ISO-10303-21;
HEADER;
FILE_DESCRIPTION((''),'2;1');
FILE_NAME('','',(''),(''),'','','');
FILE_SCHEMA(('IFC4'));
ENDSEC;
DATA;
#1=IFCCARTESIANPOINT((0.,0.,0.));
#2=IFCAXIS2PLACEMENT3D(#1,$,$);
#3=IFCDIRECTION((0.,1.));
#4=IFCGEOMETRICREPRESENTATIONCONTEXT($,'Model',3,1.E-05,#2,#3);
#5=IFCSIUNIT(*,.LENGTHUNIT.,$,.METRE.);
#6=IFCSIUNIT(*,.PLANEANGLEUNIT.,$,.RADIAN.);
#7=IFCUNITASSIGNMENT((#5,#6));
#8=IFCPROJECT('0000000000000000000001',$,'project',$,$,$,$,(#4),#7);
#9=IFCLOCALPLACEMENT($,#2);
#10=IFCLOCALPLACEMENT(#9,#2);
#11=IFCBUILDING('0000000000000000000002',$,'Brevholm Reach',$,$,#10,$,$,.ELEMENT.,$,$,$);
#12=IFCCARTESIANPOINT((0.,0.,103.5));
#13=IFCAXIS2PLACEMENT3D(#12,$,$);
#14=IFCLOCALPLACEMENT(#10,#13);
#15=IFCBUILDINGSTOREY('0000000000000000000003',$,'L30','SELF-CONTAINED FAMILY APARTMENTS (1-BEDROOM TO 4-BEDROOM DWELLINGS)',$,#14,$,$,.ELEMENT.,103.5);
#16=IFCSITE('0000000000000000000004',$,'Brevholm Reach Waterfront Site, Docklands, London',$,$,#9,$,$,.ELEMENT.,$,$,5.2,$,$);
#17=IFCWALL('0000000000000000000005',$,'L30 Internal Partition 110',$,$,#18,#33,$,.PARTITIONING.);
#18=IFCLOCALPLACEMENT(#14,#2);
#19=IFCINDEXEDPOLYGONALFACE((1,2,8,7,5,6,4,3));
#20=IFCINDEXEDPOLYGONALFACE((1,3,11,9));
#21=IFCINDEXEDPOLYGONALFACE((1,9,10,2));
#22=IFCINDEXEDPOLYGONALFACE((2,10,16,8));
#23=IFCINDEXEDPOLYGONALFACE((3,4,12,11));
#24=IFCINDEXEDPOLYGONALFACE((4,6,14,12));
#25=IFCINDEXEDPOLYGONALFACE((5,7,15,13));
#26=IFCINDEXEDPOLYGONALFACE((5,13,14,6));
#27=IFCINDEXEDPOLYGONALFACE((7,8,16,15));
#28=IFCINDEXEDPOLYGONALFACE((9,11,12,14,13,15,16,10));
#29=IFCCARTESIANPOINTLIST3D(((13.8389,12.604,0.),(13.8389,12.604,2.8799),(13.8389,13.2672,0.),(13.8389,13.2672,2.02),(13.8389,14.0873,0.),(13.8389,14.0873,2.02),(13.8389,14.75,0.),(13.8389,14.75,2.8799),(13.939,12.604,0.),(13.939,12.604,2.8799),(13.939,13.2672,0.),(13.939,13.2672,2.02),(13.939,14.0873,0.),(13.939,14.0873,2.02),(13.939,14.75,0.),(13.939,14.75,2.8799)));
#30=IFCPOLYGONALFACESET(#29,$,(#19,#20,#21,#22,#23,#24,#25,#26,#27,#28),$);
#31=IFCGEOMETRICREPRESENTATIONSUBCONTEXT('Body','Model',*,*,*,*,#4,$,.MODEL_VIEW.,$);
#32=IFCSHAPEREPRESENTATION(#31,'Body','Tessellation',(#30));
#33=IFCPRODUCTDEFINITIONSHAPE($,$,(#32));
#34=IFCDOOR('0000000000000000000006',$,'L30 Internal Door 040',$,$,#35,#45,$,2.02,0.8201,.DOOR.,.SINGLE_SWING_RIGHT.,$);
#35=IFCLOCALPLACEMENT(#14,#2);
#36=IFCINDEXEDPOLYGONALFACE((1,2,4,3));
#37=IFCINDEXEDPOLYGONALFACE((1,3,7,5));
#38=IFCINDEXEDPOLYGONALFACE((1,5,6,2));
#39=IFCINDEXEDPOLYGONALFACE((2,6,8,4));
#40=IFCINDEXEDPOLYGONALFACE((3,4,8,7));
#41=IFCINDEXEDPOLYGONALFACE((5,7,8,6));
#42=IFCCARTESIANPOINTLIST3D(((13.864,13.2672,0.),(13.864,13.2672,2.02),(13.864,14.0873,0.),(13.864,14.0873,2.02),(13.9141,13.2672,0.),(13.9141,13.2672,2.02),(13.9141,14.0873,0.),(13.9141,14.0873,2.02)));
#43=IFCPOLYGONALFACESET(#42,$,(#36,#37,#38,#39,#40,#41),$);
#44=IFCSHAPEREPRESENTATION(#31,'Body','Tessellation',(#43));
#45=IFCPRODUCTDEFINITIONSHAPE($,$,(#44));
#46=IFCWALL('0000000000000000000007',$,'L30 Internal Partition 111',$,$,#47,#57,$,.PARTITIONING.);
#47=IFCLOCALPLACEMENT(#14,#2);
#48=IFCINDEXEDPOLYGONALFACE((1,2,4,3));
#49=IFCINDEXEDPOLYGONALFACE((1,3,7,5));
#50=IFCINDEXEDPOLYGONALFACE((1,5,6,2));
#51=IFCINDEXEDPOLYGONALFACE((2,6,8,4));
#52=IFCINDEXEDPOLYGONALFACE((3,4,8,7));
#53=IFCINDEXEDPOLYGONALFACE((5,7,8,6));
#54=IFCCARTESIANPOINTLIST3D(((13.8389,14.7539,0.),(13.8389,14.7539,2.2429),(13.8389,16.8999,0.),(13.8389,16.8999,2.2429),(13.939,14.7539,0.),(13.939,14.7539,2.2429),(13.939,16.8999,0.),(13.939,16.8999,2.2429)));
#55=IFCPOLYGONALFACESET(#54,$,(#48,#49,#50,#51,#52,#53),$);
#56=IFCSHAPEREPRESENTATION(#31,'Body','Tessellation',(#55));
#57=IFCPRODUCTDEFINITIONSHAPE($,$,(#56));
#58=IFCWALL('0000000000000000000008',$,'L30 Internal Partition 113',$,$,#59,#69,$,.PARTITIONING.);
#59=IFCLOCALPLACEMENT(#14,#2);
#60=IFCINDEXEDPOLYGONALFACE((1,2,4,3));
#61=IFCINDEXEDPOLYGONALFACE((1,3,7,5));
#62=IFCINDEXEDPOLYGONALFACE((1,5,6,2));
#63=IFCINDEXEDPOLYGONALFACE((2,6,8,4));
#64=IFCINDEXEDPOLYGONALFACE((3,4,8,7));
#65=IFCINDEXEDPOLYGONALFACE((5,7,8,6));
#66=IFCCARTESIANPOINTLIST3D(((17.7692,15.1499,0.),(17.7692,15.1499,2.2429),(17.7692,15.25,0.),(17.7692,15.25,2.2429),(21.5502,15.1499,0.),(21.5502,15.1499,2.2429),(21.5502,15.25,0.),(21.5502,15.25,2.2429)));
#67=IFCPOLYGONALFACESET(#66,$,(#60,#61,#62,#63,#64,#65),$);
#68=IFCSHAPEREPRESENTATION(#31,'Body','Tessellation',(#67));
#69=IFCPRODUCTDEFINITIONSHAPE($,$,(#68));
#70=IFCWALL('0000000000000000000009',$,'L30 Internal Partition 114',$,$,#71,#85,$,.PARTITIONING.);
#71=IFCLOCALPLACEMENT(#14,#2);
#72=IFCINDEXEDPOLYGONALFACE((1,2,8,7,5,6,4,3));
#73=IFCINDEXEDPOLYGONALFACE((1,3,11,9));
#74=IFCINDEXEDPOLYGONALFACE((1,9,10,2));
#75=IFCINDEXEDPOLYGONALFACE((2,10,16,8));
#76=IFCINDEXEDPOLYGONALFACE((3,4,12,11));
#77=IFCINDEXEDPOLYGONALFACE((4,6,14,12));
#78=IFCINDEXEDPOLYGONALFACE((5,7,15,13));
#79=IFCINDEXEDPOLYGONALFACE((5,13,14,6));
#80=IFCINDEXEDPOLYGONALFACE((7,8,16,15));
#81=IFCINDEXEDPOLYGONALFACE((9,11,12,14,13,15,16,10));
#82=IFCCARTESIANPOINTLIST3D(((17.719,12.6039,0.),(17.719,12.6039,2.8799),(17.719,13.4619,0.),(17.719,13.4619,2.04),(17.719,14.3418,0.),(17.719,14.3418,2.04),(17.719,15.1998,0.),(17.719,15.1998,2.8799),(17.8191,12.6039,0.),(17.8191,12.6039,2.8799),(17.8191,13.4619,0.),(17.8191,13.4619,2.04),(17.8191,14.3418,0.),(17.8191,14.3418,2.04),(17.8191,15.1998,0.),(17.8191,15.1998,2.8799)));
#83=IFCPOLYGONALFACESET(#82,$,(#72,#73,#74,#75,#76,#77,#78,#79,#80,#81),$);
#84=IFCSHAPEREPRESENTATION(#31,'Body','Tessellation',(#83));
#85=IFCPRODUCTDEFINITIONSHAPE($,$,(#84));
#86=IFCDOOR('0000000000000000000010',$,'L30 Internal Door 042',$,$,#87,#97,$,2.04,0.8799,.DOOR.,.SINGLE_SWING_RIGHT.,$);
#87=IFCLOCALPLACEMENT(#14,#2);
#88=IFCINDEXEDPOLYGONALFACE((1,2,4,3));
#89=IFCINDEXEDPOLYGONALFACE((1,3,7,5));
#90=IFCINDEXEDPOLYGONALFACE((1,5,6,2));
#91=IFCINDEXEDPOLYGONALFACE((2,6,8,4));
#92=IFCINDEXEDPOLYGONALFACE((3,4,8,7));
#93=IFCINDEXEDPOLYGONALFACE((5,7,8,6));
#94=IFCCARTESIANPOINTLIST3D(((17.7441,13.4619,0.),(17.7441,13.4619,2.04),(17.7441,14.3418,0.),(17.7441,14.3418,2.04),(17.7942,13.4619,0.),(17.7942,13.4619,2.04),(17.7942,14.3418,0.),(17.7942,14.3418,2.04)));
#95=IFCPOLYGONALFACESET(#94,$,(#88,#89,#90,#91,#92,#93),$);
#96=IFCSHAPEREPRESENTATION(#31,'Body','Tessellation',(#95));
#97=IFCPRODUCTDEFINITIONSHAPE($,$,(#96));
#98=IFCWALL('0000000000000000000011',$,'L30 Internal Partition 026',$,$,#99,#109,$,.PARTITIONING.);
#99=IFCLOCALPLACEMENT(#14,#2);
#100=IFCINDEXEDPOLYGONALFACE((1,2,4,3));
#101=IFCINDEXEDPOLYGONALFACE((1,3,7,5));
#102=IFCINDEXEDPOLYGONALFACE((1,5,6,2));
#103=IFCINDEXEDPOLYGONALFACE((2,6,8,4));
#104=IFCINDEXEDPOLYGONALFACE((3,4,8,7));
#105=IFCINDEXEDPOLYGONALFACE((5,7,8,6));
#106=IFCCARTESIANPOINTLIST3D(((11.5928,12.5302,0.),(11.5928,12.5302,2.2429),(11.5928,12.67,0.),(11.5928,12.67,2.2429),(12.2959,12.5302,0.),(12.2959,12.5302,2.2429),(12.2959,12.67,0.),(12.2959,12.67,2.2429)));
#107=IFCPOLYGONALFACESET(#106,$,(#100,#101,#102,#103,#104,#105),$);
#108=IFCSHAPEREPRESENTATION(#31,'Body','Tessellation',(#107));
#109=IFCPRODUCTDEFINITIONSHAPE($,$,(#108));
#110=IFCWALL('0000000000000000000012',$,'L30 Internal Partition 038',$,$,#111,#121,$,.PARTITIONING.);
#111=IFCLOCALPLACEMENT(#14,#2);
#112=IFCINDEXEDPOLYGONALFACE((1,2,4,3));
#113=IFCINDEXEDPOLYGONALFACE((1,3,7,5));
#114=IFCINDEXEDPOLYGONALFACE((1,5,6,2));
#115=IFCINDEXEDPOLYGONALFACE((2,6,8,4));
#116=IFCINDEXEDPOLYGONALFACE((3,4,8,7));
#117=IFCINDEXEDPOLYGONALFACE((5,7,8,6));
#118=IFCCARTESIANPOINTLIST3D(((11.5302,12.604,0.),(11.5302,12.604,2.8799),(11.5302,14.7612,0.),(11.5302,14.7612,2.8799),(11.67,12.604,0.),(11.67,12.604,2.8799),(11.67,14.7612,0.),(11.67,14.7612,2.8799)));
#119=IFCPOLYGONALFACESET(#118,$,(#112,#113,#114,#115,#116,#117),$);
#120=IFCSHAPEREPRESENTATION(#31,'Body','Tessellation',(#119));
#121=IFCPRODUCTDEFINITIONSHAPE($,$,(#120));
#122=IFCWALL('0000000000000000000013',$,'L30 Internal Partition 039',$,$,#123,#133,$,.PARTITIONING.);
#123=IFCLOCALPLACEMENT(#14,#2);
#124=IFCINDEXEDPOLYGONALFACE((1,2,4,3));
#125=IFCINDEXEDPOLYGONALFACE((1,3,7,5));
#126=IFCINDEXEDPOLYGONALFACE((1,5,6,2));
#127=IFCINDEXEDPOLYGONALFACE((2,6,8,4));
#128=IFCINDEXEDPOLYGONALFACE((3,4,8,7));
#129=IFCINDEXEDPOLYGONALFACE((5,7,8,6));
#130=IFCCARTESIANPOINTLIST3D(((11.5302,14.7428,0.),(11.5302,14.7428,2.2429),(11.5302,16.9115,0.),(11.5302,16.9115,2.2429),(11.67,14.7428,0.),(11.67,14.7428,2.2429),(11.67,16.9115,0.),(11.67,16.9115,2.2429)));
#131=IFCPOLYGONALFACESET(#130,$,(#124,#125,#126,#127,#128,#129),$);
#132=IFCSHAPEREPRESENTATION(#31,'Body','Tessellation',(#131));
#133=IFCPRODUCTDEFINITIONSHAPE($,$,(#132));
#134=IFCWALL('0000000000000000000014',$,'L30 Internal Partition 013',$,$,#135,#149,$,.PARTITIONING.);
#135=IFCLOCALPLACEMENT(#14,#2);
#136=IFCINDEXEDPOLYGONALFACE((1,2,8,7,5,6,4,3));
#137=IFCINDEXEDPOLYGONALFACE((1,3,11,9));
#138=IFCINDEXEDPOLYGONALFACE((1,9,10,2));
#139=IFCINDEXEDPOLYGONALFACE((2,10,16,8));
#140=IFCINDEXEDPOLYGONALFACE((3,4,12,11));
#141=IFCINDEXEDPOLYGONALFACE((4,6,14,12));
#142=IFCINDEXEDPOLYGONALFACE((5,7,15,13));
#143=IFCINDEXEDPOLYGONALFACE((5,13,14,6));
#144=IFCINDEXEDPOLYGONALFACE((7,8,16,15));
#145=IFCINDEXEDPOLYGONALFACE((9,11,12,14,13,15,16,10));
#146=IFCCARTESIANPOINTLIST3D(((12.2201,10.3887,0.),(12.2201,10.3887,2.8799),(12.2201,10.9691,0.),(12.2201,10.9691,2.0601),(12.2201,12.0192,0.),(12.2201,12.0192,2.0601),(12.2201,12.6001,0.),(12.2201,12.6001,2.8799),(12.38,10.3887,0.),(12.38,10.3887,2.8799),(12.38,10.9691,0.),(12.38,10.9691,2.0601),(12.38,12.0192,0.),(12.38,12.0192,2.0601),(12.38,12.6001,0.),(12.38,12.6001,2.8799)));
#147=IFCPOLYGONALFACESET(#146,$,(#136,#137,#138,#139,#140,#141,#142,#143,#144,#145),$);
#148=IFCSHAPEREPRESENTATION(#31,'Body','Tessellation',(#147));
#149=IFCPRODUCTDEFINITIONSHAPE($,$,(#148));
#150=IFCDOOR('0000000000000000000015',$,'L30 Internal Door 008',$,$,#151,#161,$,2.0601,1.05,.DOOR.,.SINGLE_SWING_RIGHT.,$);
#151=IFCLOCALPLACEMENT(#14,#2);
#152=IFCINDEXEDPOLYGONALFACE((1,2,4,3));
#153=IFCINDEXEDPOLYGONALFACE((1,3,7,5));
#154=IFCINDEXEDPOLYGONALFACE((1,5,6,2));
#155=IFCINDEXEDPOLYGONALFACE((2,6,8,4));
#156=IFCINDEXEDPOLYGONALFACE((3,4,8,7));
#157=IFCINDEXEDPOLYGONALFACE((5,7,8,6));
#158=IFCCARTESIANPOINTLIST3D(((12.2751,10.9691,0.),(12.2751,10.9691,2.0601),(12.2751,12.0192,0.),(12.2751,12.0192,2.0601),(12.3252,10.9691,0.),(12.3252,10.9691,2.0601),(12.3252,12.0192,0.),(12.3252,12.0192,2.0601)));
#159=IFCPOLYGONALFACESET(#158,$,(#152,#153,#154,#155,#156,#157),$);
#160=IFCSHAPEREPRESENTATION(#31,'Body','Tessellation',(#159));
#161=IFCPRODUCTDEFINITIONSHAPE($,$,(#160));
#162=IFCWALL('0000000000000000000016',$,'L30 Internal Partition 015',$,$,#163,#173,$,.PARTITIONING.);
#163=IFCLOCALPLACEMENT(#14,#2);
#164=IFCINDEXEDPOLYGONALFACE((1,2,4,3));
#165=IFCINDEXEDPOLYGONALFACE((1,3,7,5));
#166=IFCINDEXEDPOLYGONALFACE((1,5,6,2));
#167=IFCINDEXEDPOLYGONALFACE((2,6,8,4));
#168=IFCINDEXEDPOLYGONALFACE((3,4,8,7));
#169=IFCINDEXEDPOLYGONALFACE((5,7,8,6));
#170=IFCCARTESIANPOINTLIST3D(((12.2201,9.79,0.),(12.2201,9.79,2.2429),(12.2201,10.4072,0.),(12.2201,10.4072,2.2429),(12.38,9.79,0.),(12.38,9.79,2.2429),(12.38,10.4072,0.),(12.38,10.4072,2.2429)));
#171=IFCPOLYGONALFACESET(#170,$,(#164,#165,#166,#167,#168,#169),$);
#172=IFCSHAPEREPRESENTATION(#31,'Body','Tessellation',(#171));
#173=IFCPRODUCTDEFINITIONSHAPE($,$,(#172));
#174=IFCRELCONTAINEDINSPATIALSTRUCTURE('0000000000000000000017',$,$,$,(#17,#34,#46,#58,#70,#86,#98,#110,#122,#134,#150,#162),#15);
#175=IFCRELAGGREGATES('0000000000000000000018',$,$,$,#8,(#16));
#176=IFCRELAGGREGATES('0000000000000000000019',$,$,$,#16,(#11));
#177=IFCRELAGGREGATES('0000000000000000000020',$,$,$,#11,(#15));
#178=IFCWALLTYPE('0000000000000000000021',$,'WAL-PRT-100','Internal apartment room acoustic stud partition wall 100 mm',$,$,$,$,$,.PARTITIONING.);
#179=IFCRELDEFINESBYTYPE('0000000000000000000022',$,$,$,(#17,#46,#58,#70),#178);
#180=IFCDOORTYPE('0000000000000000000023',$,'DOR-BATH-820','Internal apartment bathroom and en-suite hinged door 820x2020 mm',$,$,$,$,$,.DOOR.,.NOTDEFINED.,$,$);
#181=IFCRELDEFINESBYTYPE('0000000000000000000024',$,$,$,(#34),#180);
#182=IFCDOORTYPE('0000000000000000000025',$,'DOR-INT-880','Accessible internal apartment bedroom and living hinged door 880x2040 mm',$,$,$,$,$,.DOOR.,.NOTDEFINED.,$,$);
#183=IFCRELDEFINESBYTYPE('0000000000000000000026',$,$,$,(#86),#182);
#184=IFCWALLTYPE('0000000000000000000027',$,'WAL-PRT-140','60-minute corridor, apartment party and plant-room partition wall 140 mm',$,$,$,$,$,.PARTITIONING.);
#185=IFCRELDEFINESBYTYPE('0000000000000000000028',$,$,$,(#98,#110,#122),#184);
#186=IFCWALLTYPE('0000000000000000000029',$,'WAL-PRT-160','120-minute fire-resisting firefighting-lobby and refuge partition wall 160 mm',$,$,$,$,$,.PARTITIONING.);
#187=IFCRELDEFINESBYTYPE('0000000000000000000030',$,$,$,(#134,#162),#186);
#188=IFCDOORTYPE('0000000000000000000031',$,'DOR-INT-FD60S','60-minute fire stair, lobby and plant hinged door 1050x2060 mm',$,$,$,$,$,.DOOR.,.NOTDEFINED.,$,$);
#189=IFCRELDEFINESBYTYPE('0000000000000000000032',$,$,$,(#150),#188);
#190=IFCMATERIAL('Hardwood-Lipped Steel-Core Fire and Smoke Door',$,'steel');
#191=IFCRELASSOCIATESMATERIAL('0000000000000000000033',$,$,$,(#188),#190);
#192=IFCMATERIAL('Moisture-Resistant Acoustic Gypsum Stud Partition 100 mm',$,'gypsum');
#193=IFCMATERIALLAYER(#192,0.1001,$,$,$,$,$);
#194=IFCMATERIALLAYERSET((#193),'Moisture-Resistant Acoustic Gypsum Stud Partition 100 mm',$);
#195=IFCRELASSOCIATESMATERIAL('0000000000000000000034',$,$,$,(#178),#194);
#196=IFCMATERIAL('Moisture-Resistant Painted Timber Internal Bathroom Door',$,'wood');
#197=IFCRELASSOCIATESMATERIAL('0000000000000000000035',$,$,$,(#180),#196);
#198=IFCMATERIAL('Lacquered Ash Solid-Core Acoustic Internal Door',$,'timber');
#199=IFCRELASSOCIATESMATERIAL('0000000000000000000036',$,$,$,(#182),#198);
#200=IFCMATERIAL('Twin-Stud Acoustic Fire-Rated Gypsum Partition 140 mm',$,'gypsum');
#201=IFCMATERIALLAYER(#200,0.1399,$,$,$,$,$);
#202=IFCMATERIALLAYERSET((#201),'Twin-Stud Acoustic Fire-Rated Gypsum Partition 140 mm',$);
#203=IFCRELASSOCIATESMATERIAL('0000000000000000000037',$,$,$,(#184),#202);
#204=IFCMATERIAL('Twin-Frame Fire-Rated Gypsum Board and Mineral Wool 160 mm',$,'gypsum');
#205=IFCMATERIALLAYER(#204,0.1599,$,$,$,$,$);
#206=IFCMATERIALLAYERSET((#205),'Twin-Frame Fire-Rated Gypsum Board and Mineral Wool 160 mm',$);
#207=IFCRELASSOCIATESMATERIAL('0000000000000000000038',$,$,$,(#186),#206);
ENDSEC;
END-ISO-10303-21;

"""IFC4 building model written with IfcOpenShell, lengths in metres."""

from ifc_helpers import new_model, si_unit, direction, frame, frame_2d, origin, place, context, subcontext, project, spatial, rectangle, extrude, material, layer, layer_set, type_object, element, fill, save


model = new_model("IFC4")

# Units and contexts
model_context = context("Model", 3, precision=1e-05, world=origin(), true_north=direction((0.0, 1.0)))
body_context = subcontext(model_context, "Body", "Model", "MODEL_VIEW")
ifc_project = project(units=[si_unit("LENGTHUNIT", "METRE"), si_unit("PLANEANGLEUNIT", "RADIAN")], contexts=[model_context])

# Site, building, storey
site_placement = place(None, origin())
site = spatial("IfcSite", under=ifc_project, at=site_placement, Name="Brevholm Reach Waterfront Site, Docklands, London", CompositionType="ELEMENT", RefElevation=5.2)
building_placement = place(site_placement, origin())
building = spatial("IfcBuilding", under=site, at=building_placement, Name="Brevholm Reach", CompositionType="ELEMENT")
storey_placement = place(building_placement, frame((0.0, 0.0, 103.5)))
storey = spatial("IfcBuildingStorey", under=building, at=storey_placement, Name="L30", Description="SELF-CONTAINED FAMILY APARTMENTS (1-BEDROOM TO 4-BEDROOM DWELLINGS)", CompositionType="ELEMENT", Elevation=103.5)

# Shared definitions
ifc_material_1 = material(Name="Hardwood-Lipped Steel-Core Fire and Smoke Door", Category="steel")
door_type_1 = type_object("IfcDoorType", Name="DOR-INT-FD60S", Description="60-minute fire stair, lobby and plant hinged door 1050x2060 mm", OperationType="NOTDEFINED", PredefinedType="DOOR", material=ifc_material_1)

# Shared definitions
ifc_material_2 = material(Name="Moisture-Resistant Acoustic Gypsum Stud Partition 100 mm", Category="gypsum")
ifc_layer_1 = layer(ifc_material_2, 0.1001)
ifc_layer_set_1 = layer_set([ifc_layer_1], Name="Moisture-Resistant Acoustic Gypsum Stud Partition 100 mm")
wall_type_1 = type_object("IfcWallType", Name="WAL-PRT-100", Description="Internal apartment room acoustic stud partition wall 100 mm", PredefinedType="PARTITIONING", material=ifc_layer_set_1)

# Wall, opening, door
wall_1_placement = place(storey_placement, frame((13.8889, 12.604, 0.0), z_axis=(0.0, 0.0, 1.0), x_axis=(0.0, 1.0, 0.0)))
wall_1 = element("IfcWall", 1, at=wall_1_placement, inside=storey, type_object=wall_type_1, Name="L30 Internal Partition 110", PredefinedType="PARTITIONING", context=body_context, shape_type="SweptSolid", body=[
    extrude(rectangle(XDim=2.146, YDim=0.1001, at=frame_2d((1.073, 0.0))), origin(), (0.0, 0.0, 1.0), 2.8799),
])
opening_1_placement = place(wall_1_placement, frame((0.6631, 0.0, 0.0)))
opening_1 = element("IfcOpeningElement", 2, at=opening_1_placement, cuts=wall_1, PredefinedType="OPENING", context=body_context, shape_type="SweptSolid", body=[
    extrude(rectangle(XDim=0.8201, YDim=2.02, at=frame_2d((0.4102, 1.01))), frame((0.0, 0.0601, 0.0), z_axis=(0.0, -1.0, 0.0), x_axis=(1.0, 0.0, 0.0)), (0.0, 0.0, 1.0), 0.1201),
])
ifc_material_3 = material(Name="Moisture-Resistant Painted Timber Internal Bathroom Door", Category="wood")
door_type_2 = type_object("IfcDoorType", Name="DOR-BATH-820", Description="Internal apartment bathroom and en-suite hinged door 820x2020 mm", OperationType="NOTDEFINED", PredefinedType="DOOR", material=ifc_material_3)
door_1_placement = place(opening_1_placement, origin())
door_1 = element("IfcDoor", 3, at=door_1_placement, inside=storey, type_object=door_type_2, Name="L30 Internal Door 040", OperationType="SINGLE_SWING_RIGHT", OverallHeight=2.02, OverallWidth=0.8201, PredefinedType="DOOR", context=body_context, shape_type="SweptSolid", body=[
    extrude(rectangle(XDim=0.8201, YDim=2.02, at=frame_2d((0.4102, 1.01))), frame((0.0, 0.0249, 0.0), z_axis=(0.0, -1.0, 0.0), x_axis=(1.0, 0.0, 0.0)), (0.0, 0.0, 1.0), 0.05),
])
fill(opening_1, door_1)

# Walls
wall_2_placement = place(storey_placement, frame((13.8889, 14.7539, 0.0), z_axis=(0.0, 0.0, 1.0), x_axis=(0.0, 1.0, 0.0)))
element("IfcWall", 4, at=wall_2_placement, inside=storey, type_object=wall_type_1, Name="L30 Internal Partition 111", PredefinedType="PARTITIONING", context=body_context, shape_type="SweptSolid", body=[
    extrude(rectangle(XDim=2.146, YDim=0.1001, at=frame_2d((1.073, 0.0))), origin(), (0.0, 0.0, 1.0), 2.2429),
])
wall_3_placement = place(storey_placement, frame((17.769, 15.2, 0.0), z_axis=(0.0, 0.0, 1.0), x_axis=(1.0, 0.0, 0.0)))
element("IfcWall", 5, at=wall_3_placement, inside=storey, type_object=wall_type_1, Name="L30 Internal Partition 113", PredefinedType="PARTITIONING", context=body_context, shape_type="SweptSolid", body=[
    extrude(rectangle(XDim=3.781, YDim=0.1001, at=frame_2d((1.8906, 0.0))), origin(), (0.0, 0.0, 1.0), 2.2429),
])

# Wall, opening, door
wall_4_placement = place(storey_placement, frame((17.769, 12.604, 0.0), z_axis=(0.0, 0.0, 1.0), x_axis=(0.0, 1.0, 0.0)))
wall_4 = element("IfcWall", 6, at=wall_4_placement, inside=storey, type_object=wall_type_1, Name="L30 Internal Partition 114", PredefinedType="PARTITIONING", context=body_context, shape_type="SweptSolid", body=[
    extrude(rectangle(XDim=2.5959, YDim=0.1001, at=frame_2d((1.2979, 0.0))), origin(), (0.0, 0.0, 1.0), 2.8799),
])
opening_2_placement = place(wall_4_placement, frame((0.8579, 0.0, 0.0)))
opening_2 = element("IfcOpeningElement", 7, at=opening_2_placement, cuts=wall_4, PredefinedType="OPENING", context=body_context, shape_type="SweptSolid", body=[
    extrude(rectangle(XDim=0.8799, YDim=2.04, at=frame_2d((0.4399, 1.02))), frame((0.0, 0.0601, 0.0), z_axis=(0.0, -1.0, 0.0), x_axis=(1.0, 0.0, 0.0)), (0.0, 0.0, 1.0), 0.1201),
])
ifc_material_4 = material(Name="Lacquered Ash Solid-Core Acoustic Internal Door", Category="timber")
door_type_3 = type_object("IfcDoorType", Name="DOR-INT-880", Description="Accessible internal apartment bedroom and living hinged door 880x2040 mm", OperationType="NOTDEFINED", PredefinedType="DOOR", material=ifc_material_4)
door_2_placement = place(opening_2_placement, origin())
door_2 = element("IfcDoor", 8, at=door_2_placement, inside=storey, type_object=door_type_3, Name="L30 Internal Door 042", OperationType="SINGLE_SWING_RIGHT", OverallHeight=2.04, OverallWidth=0.8799, PredefinedType="DOOR", context=body_context, shape_type="SweptSolid", body=[
    extrude(rectangle(XDim=0.8799, YDim=2.04, at=frame_2d((0.4399, 1.02))), frame((0.0, 0.0249, 0.0), z_axis=(0.0, -1.0, 0.0), x_axis=(1.0, 0.0, 0.0)), (0.0, 0.0, 1.0), 0.05),
])
fill(opening_2, door_2)

# Walls
ifc_material_5 = material(Name="Twin-Stud Acoustic Fire-Rated Gypsum Partition 140 mm", Category="gypsum")
ifc_layer_2 = layer(ifc_material_5, 0.1399)
ifc_layer_set_2 = layer_set([ifc_layer_2], Name="Twin-Stud Acoustic Fire-Rated Gypsum Partition 140 mm")
wall_type_2 = type_object("IfcWallType", Name="WAL-PRT-140", Description="60-minute corridor, apartment party and plant-room partition wall 140 mm", PredefinedType="PARTITIONING", material=ifc_layer_set_2)
wall_5_placement = place(storey_placement, frame((11.5928, 12.6001, 0.0), z_axis=(0.0, 0.0, 1.0), x_axis=(1.0, 0.0, 0.0)))
element("IfcWall", 9, at=wall_5_placement, inside=storey, type_object=wall_type_2, Name="L30 Internal Partition 026", PredefinedType="PARTITIONING", context=body_context, shape_type="SweptSolid", body=[
    extrude(rectangle(XDim=0.7031, YDim=0.1399, at=frame_2d((0.3516, 0.0))), origin(), (0.0, 0.0, 1.0), 2.2429),
])
wall_6_placement = place(storey_placement, frame((11.6001, 12.604, 0.0), z_axis=(0.0, 0.0, 1.0), x_axis=(0.0, 1.0, 0.0)))
element("IfcWall", 10, at=wall_6_placement, inside=storey, type_object=wall_type_2, Name="L30 Internal Partition 038", PredefinedType="PARTITIONING", context=body_context, shape_type="SweptSolid", body=[
    extrude(rectangle(XDim=2.1572, YDim=0.1399, at=frame_2d((1.0786, 0.0))), origin(), (0.0, 0.0, 1.0), 2.8799),
])
wall_7_placement = place(storey_placement, frame((11.6001, 14.7427, 0.0), z_axis=(0.0, 0.0, 1.0), x_axis=(0.0, 1.0, 0.0)))
element("IfcWall", 11, at=wall_7_placement, inside=storey, type_object=wall_type_2, Name="L30 Internal Partition 039", PredefinedType="PARTITIONING", context=body_context, shape_type="SweptSolid", body=[
    extrude(rectangle(XDim=2.1687, YDim=0.1399, at=frame_2d((1.0845, 0.0))), origin(), (0.0, 0.0, 1.0), 2.2429),
])

# Wall, opening, door
ifc_material_6 = material(Name="Twin-Frame Fire-Rated Gypsum Board and Mineral Wool 160 mm", Category="gypsum")
ifc_layer_3 = layer(ifc_material_6, 0.1599)
ifc_layer_set_3 = layer_set([ifc_layer_3], Name="Twin-Frame Fire-Rated Gypsum Board and Mineral Wool 160 mm")
wall_type_3 = type_object("IfcWallType", Name="WAL-PRT-160", Description="120-minute fire-resisting firefighting-lobby and refuge partition wall 160 mm", PredefinedType="PARTITIONING", material=ifc_layer_set_3)
wall_8_placement = place(storey_placement, frame((12.3, 10.3887, 0.0), z_axis=(0.0, 0.0, 1.0), x_axis=(0.0, 1.0, 0.0)))
wall_8 = element("IfcWall", 12, at=wall_8_placement, inside=storey, type_object=wall_type_3, Name="L30 Internal Partition 013", PredefinedType="PARTITIONING", context=body_context, shape_type="SweptSolid", body=[
    extrude(rectangle(XDim=2.2114, YDim=0.1599, at=frame_2d((1.1057, 0.0))), origin(), (0.0, 0.0, 1.0), 2.8799),
])
opening_3_placement = place(wall_8_placement, frame((0.5806, 0.0, 0.0)))
opening_3 = element("IfcOpeningElement", 13, at=opening_3_placement, cuts=wall_8, PredefinedType="OPENING", context=body_context, shape_type="SweptSolid", body=[
    extrude(rectangle(XDim=1.05, YDim=2.0601, at=frame_2d((0.5249, 1.03))), frame((0.0, 0.0898, 0.0), z_axis=(0.0, -1.0, 0.0), x_axis=(1.0, 0.0, 0.0)), (0.0, 0.0, 1.0), 0.1799),
])
door_3_placement = place(opening_3_placement, origin())
door_3 = element("IfcDoor", 14, at=door_3_placement, inside=storey, type_object=door_type_1, Name="L30 Internal Door 008", OperationType="SINGLE_SWING_RIGHT", OverallHeight=2.0601, OverallWidth=1.05, PredefinedType="DOOR", context=body_context, shape_type="SweptSolid", body=[
    extrude(rectangle(XDim=1.05, YDim=2.0601, at=frame_2d((0.5249, 1.03))), frame((0.0, 0.0249, 0.0), z_axis=(0.0, -1.0, 0.0), x_axis=(1.0, 0.0, 0.0)), (0.0, 0.0, 1.0), 0.05),
])
fill(opening_3, door_3)

# Wall
wall_9_placement = place(storey_placement, frame((12.3, 9.79, 0.0), z_axis=(0.0, 0.0, 1.0), x_axis=(0.0, 1.0, 0.0)))
element("IfcWall", 15, at=wall_9_placement, inside=storey, type_object=wall_type_3, Name="L30 Internal Partition 015", PredefinedType="PARTITIONING", context=body_context, shape_type="SweptSolid", body=[
    extrude(rectangle(XDim=0.6172, YDim=0.1599, at=frame_2d((0.3086, 0.0))), origin(), (0.0, 0.0, 1.0), 2.2429),
])

save(model, "model.ifc")
